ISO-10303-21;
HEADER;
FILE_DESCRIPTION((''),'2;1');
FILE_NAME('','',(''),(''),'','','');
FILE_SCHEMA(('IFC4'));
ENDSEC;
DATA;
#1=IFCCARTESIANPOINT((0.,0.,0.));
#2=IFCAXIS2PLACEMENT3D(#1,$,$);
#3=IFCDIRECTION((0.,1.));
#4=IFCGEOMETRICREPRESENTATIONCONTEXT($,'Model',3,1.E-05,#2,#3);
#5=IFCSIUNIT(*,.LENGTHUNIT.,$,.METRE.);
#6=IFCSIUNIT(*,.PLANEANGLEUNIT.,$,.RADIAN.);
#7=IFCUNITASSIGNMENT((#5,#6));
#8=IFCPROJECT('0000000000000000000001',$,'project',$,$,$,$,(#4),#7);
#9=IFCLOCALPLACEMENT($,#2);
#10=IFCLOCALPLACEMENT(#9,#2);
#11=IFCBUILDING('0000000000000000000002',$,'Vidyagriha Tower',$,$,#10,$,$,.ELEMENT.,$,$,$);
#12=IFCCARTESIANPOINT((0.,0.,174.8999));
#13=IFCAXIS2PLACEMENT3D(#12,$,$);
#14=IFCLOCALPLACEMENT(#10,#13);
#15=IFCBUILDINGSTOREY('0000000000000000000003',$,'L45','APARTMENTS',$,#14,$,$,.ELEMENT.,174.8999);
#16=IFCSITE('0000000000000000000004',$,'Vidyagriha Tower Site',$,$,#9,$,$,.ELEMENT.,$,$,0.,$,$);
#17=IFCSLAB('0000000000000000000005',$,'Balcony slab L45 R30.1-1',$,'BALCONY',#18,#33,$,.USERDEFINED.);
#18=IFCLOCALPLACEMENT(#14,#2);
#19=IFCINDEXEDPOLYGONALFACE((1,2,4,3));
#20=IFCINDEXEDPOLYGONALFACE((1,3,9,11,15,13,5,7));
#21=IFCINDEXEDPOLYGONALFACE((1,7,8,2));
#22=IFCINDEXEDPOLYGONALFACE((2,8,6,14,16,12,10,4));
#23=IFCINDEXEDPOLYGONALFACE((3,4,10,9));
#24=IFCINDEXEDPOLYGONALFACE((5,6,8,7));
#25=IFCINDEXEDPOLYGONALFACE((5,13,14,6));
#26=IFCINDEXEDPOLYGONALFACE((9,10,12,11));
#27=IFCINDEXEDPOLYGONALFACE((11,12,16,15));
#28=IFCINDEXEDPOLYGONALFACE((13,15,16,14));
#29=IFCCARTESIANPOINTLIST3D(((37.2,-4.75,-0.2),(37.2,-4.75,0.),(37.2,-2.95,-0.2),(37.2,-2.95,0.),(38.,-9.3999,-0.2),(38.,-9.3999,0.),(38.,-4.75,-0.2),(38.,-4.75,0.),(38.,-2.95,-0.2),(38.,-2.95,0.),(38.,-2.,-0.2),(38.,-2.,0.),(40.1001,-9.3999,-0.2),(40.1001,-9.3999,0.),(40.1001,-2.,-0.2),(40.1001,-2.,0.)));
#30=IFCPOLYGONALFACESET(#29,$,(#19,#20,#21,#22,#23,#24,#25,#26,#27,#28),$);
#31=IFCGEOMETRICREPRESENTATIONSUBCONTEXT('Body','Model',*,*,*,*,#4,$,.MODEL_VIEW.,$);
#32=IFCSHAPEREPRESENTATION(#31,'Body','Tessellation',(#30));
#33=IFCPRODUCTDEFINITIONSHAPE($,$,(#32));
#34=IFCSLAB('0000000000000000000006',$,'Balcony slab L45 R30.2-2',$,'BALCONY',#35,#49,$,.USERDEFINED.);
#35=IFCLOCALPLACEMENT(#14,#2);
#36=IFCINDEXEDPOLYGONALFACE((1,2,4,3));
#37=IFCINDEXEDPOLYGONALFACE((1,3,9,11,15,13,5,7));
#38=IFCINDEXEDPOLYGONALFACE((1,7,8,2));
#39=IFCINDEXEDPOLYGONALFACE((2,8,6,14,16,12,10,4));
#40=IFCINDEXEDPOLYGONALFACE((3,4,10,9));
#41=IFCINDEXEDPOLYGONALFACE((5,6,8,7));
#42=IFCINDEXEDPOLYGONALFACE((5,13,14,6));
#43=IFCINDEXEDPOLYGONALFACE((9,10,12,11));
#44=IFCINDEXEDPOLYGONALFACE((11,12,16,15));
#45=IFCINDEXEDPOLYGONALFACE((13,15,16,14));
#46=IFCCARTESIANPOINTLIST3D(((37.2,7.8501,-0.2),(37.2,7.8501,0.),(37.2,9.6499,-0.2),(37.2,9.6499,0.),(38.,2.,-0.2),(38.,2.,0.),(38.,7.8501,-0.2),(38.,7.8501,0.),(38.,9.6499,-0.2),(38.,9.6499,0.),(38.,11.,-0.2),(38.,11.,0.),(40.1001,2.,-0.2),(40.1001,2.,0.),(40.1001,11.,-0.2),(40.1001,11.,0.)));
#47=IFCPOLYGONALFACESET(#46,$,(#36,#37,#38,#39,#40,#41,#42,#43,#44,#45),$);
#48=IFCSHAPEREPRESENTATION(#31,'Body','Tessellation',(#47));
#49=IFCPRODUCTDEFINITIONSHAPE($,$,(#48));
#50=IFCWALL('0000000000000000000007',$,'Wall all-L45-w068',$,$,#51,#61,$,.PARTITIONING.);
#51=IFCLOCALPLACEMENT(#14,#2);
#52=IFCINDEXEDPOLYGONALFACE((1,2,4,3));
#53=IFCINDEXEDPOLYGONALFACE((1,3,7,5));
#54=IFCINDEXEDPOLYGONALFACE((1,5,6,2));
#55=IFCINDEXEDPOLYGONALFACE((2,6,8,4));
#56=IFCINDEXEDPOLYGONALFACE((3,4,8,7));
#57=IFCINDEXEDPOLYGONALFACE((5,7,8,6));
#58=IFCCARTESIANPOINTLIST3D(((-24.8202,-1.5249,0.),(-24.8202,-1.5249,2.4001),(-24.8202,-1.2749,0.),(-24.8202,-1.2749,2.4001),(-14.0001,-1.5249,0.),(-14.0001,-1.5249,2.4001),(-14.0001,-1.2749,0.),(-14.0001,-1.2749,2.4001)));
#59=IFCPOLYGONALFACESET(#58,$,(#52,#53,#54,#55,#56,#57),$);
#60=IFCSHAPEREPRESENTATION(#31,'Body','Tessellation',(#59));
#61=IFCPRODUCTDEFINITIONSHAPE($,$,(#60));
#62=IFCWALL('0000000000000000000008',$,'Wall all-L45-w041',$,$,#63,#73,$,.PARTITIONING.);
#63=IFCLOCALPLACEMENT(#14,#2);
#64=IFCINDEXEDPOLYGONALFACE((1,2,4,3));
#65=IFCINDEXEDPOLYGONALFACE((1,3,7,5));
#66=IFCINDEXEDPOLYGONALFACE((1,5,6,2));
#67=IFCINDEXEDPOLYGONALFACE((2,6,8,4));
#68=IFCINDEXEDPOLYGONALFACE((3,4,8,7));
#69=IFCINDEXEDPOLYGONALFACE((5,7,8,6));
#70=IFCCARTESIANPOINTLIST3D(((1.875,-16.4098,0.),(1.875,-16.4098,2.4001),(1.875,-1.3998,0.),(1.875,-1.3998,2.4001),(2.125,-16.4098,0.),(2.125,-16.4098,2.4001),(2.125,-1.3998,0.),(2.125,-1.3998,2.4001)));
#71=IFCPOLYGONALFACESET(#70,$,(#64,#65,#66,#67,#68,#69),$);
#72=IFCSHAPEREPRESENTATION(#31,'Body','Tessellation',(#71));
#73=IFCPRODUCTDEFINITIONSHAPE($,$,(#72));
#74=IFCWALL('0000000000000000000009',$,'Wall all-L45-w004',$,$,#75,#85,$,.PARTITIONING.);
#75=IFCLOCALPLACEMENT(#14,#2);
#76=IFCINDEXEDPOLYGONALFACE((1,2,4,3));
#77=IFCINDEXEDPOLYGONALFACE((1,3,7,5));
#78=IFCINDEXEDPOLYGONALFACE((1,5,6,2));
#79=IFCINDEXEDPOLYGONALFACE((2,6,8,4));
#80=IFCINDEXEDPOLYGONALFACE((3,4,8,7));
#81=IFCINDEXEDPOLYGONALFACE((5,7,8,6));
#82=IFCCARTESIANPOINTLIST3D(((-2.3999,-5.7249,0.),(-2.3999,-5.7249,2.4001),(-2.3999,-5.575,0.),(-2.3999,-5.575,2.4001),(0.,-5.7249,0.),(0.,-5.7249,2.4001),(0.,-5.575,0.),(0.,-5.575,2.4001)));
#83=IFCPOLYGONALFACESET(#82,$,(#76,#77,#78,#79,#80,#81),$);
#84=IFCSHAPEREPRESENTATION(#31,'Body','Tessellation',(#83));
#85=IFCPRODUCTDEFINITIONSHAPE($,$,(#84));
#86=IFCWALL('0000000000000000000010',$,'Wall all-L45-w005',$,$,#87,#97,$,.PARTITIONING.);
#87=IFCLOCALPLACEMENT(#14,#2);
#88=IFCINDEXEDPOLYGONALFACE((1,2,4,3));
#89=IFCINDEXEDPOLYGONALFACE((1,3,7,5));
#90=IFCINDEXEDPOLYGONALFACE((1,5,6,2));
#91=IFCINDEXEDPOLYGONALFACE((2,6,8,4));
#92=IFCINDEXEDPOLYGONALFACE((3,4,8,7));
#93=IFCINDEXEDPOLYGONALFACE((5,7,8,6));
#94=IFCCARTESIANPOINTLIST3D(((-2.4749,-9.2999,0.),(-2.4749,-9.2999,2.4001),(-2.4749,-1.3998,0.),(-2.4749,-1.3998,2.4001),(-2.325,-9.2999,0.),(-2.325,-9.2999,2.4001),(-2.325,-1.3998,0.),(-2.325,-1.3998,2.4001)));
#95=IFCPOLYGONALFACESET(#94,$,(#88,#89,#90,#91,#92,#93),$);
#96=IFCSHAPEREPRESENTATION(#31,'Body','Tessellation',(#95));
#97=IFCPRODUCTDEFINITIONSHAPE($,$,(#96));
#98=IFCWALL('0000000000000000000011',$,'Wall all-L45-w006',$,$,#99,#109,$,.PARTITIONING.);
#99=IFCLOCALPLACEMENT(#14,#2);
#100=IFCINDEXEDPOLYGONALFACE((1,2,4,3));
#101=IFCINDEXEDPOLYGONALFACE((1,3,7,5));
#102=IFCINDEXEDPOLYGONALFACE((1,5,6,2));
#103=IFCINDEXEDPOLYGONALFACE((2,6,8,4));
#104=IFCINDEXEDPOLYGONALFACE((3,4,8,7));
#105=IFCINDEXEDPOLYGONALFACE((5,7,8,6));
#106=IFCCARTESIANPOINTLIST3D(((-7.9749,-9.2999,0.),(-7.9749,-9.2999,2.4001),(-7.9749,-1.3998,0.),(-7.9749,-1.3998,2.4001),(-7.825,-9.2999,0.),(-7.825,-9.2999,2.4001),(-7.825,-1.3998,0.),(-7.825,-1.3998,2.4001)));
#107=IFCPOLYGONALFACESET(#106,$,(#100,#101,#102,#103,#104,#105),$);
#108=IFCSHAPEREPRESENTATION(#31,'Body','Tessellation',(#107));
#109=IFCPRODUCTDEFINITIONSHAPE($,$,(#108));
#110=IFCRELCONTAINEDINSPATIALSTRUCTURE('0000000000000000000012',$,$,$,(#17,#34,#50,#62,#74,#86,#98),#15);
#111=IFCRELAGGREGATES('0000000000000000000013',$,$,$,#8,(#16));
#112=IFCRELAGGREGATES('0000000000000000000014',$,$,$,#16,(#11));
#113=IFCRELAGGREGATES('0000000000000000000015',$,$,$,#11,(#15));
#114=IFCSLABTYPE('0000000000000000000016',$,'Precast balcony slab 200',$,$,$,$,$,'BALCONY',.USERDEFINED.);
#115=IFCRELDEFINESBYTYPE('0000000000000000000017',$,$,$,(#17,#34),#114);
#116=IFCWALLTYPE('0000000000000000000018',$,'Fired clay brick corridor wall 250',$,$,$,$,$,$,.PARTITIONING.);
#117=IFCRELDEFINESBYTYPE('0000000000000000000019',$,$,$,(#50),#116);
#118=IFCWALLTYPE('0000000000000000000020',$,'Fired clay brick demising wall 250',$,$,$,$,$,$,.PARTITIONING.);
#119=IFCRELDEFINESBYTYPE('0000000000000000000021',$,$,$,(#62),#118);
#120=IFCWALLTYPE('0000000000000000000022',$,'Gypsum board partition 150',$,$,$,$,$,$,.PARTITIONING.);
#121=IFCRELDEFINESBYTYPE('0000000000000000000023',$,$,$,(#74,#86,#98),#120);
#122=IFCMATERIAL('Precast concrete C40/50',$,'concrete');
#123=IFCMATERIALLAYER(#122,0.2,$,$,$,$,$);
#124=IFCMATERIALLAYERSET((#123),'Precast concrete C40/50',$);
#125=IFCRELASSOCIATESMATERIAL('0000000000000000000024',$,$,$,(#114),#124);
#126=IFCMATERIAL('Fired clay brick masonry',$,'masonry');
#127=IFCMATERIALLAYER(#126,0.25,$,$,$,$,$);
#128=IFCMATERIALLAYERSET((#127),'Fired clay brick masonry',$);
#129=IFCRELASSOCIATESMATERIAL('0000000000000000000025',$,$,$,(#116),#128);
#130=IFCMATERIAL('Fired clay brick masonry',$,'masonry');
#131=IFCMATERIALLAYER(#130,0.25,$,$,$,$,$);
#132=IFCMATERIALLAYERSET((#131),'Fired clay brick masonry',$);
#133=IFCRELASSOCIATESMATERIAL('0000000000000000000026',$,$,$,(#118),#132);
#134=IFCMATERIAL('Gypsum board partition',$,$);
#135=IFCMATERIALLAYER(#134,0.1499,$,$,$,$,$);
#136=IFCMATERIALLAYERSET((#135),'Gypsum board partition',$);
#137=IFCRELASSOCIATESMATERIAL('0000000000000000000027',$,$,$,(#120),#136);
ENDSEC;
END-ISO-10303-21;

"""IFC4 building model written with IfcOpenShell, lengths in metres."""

from ifc_helpers import new_model, si_unit, direction, frame, frame_2d, origin, place, context, subcontext, project, spatial, polyline, rectangle, outline, extrude, material, layer, layer_set, type_object, element, save


model = new_model("IFC4")

# Units and contexts
model_context = context("Model", 3, precision=1e-05, world=origin(), true_north=direction((0.0, 1.0)))
body_context = subcontext(model_context, "Body", "Model", "MODEL_VIEW")
ifc_project = project(units=[si_unit("LENGTHUNIT", "METRE"), si_unit("PLANEANGLEUNIT", "RADIAN")], contexts=[model_context])

# Site, building, storey
site_placement = place(None, origin())
site = spatial("IfcSite", under=ifc_project, at=site_placement, Name="Vidyagriha Tower Site", CompositionType="ELEMENT", RefElevation=0.0)
building_placement = place(site_placement, origin())
building = spatial("IfcBuilding", under=site, at=building_placement, Name="Vidyagriha Tower", CompositionType="ELEMENT")
storey_placement = place(building_placement, frame((0.0, 0.0, 174.8999)))
storey = spatial("IfcBuildingStorey", under=building, at=storey_placement, Name="L45", Description="APARTMENTS", CompositionType="ELEMENT", Elevation=174.8999)

# Slabs
ifc_material_1 = material(Name="Precast concrete C40/50", Category="concrete")
ifc_layer_1 = layer(ifc_material_1, 0.2)
ifc_layer_set_1 = layer_set([ifc_layer_1], Name="Precast concrete C40/50")
slab_type_1 = type_object("IfcSlabType", Name="Precast balcony slab 200", ElementType="BALCONY", PredefinedType="USERDEFINED", material=ifc_layer_set_1)
slab_1_placement = place(storey_placement, frame((0.0, 0.0, -0.2)))
element("IfcSlab", 1, at=slab_1_placement, inside=storey, type_object=slab_type_1, Name="Balcony slab L45 R30.1-1", ObjectType="BALCONY", PredefinedType="USERDEFINED", context=body_context, shape_type="SweptSolid", body=[
    extrude(outline(polyline([(38.0, -4.75), (38.0, -9.3999), (40.1001, -9.3999), (40.1001, -2.0), (38.0, -2.0), (38.0, -2.95), (37.2, -2.95), (37.2, -4.75), (38.0, -4.75)])), origin(), (0.0, 0.0, 1.0), 0.2),
])
slab_2_placement = place(storey_placement, frame((0.0, 0.0, -0.2)))
element("IfcSlab", 2, at=slab_2_placement, inside=storey, type_object=slab_type_1, Name="Balcony slab L45 R30.2-2", ObjectType="BALCONY", PredefinedType="USERDEFINED", context=body_context, shape_type="SweptSolid", body=[
    extrude(outline(polyline([(38.0, 7.8501), (38.0, 2.0), (40.1001, 2.0), (40.1001, 11.0), (38.0, 11.0), (38.0, 9.6499), (37.2, 9.6499), (37.2, 7.8501), (38.0, 7.8501)])), origin(), (0.0, 0.0, 1.0), 0.2),
])

# Walls
ifc_material_2 = material(Name="Fired clay brick masonry", Category="masonry")
ifc_layer_2 = layer(ifc_material_2, 0.25)
ifc_layer_set_2 = layer_set([ifc_layer_2], Name="Fired clay brick masonry")
wall_type_1 = type_object("IfcWallType", Name="Fired clay brick corridor wall 250", PredefinedType="PARTITIONING", material=ifc_layer_set_2)
wall_1_placement = place(storey_placement, frame((-14.0, -1.3999, 0.0), z_axis=(0.0, 0.0, 1.0), x_axis=(-1.0, 0.0, 0.0)))
element("IfcWall", 3, at=wall_1_placement, inside=storey, type_object=wall_type_1, Name="Wall all-L45-w068", PredefinedType="PARTITIONING", context=body_context, shape_type="SweptSolid", body=[
    extrude(rectangle(XDim=10.8201, YDim=0.25, at=frame_2d((5.4102, 0.0))), origin(), (0.0, 0.0, 1.0), 2.4001),
])
ifc_material_3 = material(Name="Fired clay brick masonry", Category="masonry")
ifc_layer_3 = layer(ifc_material_3, 0.25)
ifc_layer_set_3 = layer_set([ifc_layer_3], Name="Fired clay brick masonry")
wall_type_2 = type_object("IfcWallType", Name="Fired clay brick demising wall 250", PredefinedType="PARTITIONING", material=ifc_layer_set_3)
wall_2_placement = place(storey_placement, frame((2.0, -1.3999, 0.0), z_axis=(0.0, 0.0, 1.0), x_axis=(0.0, -1.0, 0.0)))
element("IfcWall", 4, at=wall_2_placement, inside=storey, type_object=wall_type_2, Name="Wall all-L45-w041", PredefinedType="PARTITIONING", context=body_context, shape_type="SweptSolid", body=[
    extrude(rectangle(XDim=15.01, YDim=0.25, at=frame_2d((7.5049, 0.0))), origin(), (0.0, 0.0, 1.0), 2.4001),
])
ifc_material_4 = material(Name="Gypsum board partition")
ifc_layer_4 = layer(ifc_material_4, 0.1499)
ifc_layer_set_4 = layer_set([ifc_layer_4], Name="Gypsum board partition")
wall_type_3 = type_object("IfcWallType", Name="Gypsum board partition 150", PredefinedType="PARTITIONING", material=ifc_layer_set_4)
wall_3_placement = place(storey_placement, frame((0.0, -5.6499, 0.0), z_axis=(0.0, 0.0, 1.0), x_axis=(-1.0, 0.0, 0.0)))
element("IfcWall", 5, at=wall_3_placement, inside=storey, type_object=wall_type_3, Name="Wall all-L45-w004", PredefinedType="PARTITIONING", context=body_context, shape_type="SweptSolid", body=[
    extrude(rectangle(XDim=2.3999, YDim=0.1499, at=frame_2d((1.2, 0.0))), origin(), (0.0, 0.0, 1.0), 2.4001),
])
for number, where, z_axis, x_axis, name in (
    (6, (-2.3999, -9.3, 0.0), (0.0, 0.0, 1.0), (0.0, 1.0, 0.0), "Wall all-L45-w005"),
    (7, (-7.8999, -9.3, 0.0), (0.0, 0.0, 1.0), (0.0, 1.0, 0.0), "Wall all-L45-w006"),
):
    element("IfcWall", number, at=place(storey_placement, frame(where, z_axis=z_axis, x_axis=x_axis)), inside=storey, type_object=wall_type_3, Name=name, PredefinedType="PARTITIONING", context=body_context, shape_type="SweptSolid", body=[
        extrude(rectangle(XDim=7.9001, YDim=0.1499, at=frame_2d((3.9502, 0.0))), origin(), (0.0, 0.0, 1.0), 2.4001),
    ])

save(model, "model.ifc")
